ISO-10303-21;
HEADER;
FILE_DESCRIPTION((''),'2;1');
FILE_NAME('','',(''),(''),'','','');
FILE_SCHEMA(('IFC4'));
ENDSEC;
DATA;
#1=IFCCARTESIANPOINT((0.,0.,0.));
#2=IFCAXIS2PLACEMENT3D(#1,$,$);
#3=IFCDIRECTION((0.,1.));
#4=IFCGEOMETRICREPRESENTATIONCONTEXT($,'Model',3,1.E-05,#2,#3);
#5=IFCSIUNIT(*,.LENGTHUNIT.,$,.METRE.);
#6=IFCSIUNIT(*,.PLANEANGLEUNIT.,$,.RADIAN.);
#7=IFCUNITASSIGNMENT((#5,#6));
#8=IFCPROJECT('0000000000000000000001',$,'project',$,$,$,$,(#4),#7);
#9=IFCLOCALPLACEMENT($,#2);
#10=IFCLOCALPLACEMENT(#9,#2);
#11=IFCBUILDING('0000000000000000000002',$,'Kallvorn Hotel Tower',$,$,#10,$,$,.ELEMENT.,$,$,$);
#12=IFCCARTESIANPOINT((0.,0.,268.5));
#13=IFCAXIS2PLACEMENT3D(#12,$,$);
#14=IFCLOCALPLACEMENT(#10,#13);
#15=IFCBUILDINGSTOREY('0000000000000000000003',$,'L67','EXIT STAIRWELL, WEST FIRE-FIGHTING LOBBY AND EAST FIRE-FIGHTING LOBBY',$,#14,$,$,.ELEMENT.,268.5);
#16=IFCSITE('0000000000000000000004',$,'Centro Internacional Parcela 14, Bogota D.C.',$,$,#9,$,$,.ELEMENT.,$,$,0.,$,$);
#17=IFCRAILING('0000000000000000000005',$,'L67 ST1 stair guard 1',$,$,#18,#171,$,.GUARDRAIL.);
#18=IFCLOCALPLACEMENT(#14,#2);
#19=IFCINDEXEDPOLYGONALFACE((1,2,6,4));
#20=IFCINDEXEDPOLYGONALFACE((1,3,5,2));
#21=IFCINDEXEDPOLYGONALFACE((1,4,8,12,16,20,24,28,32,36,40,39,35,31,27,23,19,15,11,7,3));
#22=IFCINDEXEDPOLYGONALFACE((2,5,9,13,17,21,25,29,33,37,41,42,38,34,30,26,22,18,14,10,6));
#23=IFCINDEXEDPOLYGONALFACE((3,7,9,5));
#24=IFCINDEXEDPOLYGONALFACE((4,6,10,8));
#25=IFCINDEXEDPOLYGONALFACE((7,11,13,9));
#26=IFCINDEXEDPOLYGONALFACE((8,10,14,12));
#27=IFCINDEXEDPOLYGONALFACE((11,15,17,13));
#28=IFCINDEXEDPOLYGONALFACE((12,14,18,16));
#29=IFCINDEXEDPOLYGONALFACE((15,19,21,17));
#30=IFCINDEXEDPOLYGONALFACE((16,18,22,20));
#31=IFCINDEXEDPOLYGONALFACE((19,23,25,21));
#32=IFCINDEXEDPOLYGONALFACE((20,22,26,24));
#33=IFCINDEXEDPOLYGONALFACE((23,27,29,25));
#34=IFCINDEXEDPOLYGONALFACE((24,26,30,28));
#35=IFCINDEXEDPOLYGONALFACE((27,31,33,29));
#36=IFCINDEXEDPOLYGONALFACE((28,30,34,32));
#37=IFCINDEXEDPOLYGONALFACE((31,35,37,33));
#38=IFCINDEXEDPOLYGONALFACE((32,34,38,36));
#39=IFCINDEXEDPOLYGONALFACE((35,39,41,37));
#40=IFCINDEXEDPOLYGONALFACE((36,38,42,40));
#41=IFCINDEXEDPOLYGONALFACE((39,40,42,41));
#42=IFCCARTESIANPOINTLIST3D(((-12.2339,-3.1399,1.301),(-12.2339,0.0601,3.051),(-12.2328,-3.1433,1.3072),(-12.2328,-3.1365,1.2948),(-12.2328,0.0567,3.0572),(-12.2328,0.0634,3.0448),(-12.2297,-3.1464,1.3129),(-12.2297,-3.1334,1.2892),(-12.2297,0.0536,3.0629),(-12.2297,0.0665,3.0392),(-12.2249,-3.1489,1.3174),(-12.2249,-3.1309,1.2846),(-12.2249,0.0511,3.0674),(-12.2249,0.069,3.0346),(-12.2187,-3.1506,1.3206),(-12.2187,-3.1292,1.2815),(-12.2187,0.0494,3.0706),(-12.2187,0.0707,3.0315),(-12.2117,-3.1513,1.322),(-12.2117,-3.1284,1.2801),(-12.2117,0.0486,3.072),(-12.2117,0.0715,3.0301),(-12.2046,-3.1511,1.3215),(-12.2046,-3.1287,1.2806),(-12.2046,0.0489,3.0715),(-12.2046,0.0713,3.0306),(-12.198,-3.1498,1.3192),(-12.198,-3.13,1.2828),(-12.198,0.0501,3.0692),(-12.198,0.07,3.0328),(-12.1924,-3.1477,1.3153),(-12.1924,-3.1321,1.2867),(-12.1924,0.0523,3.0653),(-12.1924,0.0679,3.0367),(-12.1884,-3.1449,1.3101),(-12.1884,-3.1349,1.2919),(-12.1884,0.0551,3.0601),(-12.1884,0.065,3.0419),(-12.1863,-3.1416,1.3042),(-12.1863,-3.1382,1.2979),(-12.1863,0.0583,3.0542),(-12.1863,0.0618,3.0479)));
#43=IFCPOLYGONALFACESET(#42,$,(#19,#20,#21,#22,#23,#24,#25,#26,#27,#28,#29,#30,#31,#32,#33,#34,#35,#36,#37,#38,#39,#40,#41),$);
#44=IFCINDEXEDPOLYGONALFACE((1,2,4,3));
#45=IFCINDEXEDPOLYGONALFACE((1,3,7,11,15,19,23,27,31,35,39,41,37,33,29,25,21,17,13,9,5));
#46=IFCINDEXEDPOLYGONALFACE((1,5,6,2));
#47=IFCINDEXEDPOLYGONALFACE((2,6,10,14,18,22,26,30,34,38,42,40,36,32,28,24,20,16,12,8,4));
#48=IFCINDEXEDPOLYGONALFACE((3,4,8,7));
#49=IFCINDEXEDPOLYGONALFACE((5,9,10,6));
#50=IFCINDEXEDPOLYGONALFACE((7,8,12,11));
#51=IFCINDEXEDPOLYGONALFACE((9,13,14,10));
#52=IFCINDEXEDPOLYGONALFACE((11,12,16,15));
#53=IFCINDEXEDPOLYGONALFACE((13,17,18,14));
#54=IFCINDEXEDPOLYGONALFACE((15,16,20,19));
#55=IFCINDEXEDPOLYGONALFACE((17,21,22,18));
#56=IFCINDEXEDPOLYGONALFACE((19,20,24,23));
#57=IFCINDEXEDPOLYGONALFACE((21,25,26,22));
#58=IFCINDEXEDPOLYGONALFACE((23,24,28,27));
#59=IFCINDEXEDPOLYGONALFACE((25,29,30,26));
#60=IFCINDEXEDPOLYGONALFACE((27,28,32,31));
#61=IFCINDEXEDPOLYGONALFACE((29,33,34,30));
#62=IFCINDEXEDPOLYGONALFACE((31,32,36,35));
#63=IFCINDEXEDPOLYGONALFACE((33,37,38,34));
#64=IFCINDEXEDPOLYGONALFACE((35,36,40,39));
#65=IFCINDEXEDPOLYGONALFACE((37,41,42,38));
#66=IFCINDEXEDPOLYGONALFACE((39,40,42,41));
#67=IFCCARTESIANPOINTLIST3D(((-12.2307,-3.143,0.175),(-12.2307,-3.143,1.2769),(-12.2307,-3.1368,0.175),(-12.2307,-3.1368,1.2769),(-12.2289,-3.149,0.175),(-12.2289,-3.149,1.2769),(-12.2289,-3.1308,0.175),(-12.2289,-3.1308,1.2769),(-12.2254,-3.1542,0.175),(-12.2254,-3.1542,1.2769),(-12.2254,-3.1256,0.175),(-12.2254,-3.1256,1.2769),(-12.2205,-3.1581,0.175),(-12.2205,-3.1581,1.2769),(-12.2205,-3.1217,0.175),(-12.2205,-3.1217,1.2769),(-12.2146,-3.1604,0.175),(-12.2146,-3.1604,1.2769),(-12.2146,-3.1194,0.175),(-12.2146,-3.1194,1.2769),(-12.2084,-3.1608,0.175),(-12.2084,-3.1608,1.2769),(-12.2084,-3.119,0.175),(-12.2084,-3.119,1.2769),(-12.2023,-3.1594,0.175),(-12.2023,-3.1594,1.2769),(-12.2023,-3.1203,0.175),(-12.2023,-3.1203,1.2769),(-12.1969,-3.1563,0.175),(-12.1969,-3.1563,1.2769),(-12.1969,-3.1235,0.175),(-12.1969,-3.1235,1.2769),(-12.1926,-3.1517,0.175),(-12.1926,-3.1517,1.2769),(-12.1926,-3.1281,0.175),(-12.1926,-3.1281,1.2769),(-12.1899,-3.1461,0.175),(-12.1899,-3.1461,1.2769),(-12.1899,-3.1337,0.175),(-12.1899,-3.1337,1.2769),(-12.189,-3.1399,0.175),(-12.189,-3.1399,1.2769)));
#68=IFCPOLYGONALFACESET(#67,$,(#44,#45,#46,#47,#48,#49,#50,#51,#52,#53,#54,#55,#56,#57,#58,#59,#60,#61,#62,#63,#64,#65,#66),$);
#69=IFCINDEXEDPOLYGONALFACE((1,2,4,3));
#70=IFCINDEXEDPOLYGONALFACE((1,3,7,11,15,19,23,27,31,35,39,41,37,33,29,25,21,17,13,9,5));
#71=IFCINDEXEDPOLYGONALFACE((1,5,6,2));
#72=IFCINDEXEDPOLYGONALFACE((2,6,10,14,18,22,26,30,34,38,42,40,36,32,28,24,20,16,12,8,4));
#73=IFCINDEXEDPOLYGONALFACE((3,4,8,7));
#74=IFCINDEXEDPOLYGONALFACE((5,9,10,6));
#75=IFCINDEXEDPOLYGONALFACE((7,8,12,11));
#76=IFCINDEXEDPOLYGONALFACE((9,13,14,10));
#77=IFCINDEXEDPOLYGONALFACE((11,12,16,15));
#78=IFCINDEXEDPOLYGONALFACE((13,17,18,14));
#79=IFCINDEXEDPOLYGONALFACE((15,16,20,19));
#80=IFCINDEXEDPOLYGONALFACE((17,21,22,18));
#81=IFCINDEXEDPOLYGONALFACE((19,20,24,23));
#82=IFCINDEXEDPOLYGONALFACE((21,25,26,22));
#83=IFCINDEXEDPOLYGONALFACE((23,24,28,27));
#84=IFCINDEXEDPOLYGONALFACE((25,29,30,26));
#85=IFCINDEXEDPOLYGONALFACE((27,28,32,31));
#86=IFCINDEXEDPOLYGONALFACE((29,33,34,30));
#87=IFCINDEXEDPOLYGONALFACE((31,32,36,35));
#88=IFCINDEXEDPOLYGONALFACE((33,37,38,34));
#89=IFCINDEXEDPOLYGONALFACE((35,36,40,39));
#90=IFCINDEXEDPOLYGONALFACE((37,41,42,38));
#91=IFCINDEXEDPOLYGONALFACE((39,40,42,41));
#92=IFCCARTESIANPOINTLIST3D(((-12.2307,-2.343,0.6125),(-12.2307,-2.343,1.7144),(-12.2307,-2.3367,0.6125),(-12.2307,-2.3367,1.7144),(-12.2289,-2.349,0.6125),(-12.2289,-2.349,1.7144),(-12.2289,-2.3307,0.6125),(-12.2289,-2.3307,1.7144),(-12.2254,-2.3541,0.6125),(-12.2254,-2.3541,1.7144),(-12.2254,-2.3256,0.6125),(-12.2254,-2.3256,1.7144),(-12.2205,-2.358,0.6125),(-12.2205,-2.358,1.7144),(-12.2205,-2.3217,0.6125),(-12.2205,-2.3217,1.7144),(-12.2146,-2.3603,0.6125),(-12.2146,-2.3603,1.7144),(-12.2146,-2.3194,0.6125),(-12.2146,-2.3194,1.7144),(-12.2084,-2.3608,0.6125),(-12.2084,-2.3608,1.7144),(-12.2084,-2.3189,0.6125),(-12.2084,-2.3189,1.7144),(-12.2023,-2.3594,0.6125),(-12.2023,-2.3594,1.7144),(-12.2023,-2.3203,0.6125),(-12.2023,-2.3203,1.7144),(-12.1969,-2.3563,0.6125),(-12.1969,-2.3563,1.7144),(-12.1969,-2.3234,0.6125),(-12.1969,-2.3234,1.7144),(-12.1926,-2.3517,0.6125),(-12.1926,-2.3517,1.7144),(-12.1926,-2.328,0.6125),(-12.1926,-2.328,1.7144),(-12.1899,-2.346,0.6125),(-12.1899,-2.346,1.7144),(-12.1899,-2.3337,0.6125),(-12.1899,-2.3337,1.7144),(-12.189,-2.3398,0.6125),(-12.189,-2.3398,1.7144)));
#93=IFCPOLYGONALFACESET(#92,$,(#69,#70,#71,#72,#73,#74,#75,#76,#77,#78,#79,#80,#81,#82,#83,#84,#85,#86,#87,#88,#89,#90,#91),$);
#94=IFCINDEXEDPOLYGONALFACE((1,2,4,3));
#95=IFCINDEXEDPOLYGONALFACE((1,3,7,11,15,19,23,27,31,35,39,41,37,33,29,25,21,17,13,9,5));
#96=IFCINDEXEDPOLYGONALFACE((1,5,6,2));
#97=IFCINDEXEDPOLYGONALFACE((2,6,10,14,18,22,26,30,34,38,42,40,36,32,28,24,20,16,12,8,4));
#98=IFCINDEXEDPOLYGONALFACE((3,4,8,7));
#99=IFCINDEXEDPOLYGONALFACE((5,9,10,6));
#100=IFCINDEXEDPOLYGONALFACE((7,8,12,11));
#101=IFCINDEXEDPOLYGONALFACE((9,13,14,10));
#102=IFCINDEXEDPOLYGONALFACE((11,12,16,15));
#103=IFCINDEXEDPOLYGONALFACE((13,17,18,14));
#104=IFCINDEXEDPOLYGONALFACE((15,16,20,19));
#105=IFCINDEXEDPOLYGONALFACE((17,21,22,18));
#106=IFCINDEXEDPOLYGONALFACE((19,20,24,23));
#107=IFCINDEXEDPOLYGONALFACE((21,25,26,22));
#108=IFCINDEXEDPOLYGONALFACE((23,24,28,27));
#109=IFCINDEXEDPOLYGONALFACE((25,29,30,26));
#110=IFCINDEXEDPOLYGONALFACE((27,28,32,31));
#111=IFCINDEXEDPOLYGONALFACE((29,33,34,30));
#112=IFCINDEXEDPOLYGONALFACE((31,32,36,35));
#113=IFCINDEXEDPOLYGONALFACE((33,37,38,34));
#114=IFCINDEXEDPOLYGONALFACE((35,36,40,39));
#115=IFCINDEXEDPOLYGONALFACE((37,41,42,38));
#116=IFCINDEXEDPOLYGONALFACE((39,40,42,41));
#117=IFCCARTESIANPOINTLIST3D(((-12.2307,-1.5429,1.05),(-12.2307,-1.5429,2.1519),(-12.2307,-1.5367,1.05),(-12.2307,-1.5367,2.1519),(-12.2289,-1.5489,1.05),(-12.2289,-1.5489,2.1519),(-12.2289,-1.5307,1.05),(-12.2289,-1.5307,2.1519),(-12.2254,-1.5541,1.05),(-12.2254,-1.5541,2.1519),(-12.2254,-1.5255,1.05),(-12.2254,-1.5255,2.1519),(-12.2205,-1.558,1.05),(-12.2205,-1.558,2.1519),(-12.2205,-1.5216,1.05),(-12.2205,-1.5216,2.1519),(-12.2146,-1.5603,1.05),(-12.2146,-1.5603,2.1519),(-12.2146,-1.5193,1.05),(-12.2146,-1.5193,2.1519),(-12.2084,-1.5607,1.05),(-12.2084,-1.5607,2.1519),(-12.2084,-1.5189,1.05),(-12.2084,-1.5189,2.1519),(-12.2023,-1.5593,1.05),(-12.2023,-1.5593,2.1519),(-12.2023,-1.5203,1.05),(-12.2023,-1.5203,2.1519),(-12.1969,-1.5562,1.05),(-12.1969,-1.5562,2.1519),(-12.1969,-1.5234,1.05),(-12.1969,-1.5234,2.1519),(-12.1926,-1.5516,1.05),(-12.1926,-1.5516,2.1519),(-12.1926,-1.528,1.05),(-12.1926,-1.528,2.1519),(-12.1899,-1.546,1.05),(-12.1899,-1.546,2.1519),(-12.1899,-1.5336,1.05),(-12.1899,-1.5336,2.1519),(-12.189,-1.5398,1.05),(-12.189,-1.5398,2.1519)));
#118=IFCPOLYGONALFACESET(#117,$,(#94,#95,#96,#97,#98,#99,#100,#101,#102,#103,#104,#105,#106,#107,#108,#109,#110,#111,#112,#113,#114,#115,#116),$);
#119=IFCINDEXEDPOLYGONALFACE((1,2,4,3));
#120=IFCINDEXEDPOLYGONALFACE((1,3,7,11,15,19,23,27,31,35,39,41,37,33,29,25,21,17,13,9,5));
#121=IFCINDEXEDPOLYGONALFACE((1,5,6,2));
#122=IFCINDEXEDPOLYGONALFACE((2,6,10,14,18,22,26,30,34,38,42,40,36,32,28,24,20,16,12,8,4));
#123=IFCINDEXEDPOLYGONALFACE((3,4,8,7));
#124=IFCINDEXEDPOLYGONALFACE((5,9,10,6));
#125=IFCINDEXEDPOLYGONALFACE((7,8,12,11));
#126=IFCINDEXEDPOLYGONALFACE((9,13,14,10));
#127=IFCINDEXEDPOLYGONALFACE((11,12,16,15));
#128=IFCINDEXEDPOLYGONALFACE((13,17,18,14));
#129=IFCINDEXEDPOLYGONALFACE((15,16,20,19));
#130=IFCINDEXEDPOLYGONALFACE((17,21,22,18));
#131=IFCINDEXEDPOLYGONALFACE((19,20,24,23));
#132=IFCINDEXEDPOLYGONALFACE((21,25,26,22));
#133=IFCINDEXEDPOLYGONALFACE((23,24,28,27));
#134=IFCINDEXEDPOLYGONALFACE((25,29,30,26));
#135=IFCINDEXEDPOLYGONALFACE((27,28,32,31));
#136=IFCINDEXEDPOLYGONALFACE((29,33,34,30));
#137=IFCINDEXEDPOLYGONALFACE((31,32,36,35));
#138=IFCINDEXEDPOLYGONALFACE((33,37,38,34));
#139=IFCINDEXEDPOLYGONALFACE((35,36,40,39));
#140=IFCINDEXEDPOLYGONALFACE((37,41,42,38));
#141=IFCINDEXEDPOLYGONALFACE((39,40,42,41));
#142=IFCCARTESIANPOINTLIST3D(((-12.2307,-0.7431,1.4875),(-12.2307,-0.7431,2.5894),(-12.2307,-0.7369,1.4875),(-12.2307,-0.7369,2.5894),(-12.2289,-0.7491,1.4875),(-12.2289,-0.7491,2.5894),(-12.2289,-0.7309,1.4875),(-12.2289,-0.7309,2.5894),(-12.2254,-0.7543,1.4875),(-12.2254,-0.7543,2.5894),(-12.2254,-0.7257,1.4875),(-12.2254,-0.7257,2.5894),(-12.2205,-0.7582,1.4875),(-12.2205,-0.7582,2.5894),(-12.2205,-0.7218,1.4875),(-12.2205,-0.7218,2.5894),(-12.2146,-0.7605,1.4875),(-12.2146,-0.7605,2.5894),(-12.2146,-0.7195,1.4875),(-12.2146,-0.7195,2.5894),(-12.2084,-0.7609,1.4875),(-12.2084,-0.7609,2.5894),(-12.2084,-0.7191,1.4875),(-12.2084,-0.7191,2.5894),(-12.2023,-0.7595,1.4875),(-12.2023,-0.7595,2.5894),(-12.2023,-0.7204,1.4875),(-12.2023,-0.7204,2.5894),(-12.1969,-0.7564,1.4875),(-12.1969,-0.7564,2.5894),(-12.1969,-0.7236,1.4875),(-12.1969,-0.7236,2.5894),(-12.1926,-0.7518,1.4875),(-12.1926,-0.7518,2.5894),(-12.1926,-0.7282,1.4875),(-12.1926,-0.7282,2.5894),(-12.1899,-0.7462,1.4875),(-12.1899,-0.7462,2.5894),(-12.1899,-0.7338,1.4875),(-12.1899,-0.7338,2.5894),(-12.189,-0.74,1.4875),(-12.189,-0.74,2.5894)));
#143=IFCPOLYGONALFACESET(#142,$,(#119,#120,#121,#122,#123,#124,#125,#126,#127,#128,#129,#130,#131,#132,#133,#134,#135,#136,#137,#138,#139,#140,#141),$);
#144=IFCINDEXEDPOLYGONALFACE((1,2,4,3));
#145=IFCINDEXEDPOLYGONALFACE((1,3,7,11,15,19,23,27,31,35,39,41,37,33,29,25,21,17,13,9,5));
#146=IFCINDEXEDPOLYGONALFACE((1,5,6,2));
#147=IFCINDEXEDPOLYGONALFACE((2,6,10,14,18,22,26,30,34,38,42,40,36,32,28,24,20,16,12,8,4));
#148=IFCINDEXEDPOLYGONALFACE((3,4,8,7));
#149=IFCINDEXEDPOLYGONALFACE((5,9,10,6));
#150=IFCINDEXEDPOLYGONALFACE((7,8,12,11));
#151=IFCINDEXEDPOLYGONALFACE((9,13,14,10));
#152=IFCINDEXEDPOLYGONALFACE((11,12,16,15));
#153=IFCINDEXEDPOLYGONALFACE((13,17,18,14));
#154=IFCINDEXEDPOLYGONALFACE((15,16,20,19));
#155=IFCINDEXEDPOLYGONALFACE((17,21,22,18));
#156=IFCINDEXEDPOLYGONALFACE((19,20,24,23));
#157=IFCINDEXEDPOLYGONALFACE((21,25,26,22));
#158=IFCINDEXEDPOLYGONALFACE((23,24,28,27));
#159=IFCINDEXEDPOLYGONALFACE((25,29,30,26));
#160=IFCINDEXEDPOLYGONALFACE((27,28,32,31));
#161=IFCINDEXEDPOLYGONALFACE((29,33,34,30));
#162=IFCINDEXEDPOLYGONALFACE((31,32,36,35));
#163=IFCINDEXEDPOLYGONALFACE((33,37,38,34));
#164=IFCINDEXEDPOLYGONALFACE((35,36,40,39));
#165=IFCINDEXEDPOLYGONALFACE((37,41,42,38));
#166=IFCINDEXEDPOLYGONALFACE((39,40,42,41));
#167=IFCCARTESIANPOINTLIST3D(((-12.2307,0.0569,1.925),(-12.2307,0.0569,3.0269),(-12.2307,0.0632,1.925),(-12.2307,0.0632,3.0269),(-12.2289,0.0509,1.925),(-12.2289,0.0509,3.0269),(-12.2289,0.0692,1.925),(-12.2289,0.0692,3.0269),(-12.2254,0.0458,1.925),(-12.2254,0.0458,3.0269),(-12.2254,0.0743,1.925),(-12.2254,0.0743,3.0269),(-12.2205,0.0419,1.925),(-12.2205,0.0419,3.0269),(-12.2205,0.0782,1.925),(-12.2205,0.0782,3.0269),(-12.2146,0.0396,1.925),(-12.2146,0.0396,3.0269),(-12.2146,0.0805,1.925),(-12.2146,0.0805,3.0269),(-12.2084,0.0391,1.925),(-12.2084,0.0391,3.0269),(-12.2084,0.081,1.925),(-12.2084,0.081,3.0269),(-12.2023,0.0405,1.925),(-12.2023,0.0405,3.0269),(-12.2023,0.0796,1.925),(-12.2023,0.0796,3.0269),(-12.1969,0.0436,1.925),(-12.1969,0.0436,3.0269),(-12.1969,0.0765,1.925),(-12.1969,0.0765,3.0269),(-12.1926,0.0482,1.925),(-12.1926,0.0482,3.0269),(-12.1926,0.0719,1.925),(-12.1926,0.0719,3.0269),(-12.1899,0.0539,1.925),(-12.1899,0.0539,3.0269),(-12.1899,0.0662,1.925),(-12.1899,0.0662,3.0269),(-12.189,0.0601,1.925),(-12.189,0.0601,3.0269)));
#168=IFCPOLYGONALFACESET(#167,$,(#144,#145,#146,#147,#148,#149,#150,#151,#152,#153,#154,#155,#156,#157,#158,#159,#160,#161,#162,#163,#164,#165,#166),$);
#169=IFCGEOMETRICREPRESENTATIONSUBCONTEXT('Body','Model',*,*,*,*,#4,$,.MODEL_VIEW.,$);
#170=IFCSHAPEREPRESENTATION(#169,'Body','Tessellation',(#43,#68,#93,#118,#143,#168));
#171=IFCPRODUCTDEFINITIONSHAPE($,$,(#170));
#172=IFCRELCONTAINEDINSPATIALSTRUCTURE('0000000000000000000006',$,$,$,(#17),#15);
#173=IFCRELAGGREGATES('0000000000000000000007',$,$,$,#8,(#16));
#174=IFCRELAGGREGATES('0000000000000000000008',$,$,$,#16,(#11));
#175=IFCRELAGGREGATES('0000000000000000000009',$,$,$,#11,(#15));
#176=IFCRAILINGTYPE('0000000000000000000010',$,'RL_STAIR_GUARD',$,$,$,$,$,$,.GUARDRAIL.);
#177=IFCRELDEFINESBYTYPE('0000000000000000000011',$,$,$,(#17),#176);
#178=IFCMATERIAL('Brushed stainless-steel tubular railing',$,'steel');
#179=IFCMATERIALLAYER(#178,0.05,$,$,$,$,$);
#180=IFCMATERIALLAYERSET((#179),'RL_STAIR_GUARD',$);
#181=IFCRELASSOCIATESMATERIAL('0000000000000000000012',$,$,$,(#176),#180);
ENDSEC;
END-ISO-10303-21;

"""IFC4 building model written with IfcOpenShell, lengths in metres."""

from ifc_helpers import new_model, si_unit, direction, frame, origin, origin_2d, place, context, subcontext, project, spatial, circle, extrude, material, layer, layer_set, type_object, element, save


model = new_model("IFC4")

# Units and contexts
model_context = context("Model", 3, precision=1e-05, world=origin(), true_north=direction((0.0, 1.0)))
body_context = subcontext(model_context, "Body", "Model", "MODEL_VIEW")
ifc_project = project(units=[si_unit("LENGTHUNIT", "METRE"), si_unit("PLANEANGLEUNIT", "RADIAN")], contexts=[model_context])

# Site, building, storey
site_placement = place(None, origin())
site = spatial("IfcSite", under=ifc_project, at=site_placement, Name="Centro Internacional Parcela 14, Bogota D.C.", CompositionType="ELEMENT", RefElevation=0.0)
building_placement = place(site_placement, origin())
building = spatial("IfcBuilding", under=site, at=building_placement, Name="Kallvorn Hotel Tower", CompositionType="ELEMENT")
storey_placement = place(building_placement, frame((0.0, 0.0, 268.5)))
storey = spatial("IfcBuildingStorey", under=building, at=storey_placement, Name="L67", Description="EXIT STAIRWELL, WEST FIRE-FIGHTING LOBBY AND EAST FIRE-FIGHTING LOBBY", CompositionType="ELEMENT", Elevation=268.5)

# Railing
ifc_material_1 = material(Name="Brushed stainless-steel tubular railing", Category="steel")
ifc_layer_1 = layer(ifc_material_1, 0.05)
ifc_layer_set_1 = layer_set([ifc_layer_1], Name="RL_STAIR_GUARD")
railing_type_1 = type_object("IfcRailingType", Name="RL_STAIR_GUARD", PredefinedType="GUARDRAIL", material=ifc_layer_set_1)
railing_1_placement = place(storey_placement, frame((-12.21, -3.1399, 0.175)))
element("IfcRailing", 1, at=railing_1_placement, inside=storey, type_object=railing_type_1, Name="L67 ST1 stair guard 1", PredefinedType="GUARDRAIL", context=body_context, shape_type="SweptSolid", body=[
    extrude(circle(Radius=0.0239, at=origin_2d()), frame((0.0, 0.0, 1.126), z_axis=(0.0, 0.877368, 0.479818), x_axis=(-1.0, 0.0, 0.0)), (0.0, 0.0, 1.0), 3.6472),
    extrude(circle(Radius=0.021, at=origin_2d()), origin(), (0.0, 0.0, 1.0), 1.1018),
    extrude(circle(Radius=0.021, at=origin_2d()), frame((0.0, 0.8, 0.4375)), (0.0, 0.0, 1.0), 1.1018),
    extrude(circle(Radius=0.021, at=origin_2d()), frame((0.0, 1.6001, 0.875)), (0.0, 0.0, 1.0), 1.1018),
    extrude(circle(Radius=0.021, at=origin_2d()), frame((0.0, 2.3999, 1.3125)), (0.0, 0.0, 1.0), 1.1018),
    extrude(circle(Radius=0.021, at=origin_2d()), frame((0.0, 3.2, 1.75)), (0.0, 0.0, 1.0), 1.1018),
])

save(model, "model.ifc")
